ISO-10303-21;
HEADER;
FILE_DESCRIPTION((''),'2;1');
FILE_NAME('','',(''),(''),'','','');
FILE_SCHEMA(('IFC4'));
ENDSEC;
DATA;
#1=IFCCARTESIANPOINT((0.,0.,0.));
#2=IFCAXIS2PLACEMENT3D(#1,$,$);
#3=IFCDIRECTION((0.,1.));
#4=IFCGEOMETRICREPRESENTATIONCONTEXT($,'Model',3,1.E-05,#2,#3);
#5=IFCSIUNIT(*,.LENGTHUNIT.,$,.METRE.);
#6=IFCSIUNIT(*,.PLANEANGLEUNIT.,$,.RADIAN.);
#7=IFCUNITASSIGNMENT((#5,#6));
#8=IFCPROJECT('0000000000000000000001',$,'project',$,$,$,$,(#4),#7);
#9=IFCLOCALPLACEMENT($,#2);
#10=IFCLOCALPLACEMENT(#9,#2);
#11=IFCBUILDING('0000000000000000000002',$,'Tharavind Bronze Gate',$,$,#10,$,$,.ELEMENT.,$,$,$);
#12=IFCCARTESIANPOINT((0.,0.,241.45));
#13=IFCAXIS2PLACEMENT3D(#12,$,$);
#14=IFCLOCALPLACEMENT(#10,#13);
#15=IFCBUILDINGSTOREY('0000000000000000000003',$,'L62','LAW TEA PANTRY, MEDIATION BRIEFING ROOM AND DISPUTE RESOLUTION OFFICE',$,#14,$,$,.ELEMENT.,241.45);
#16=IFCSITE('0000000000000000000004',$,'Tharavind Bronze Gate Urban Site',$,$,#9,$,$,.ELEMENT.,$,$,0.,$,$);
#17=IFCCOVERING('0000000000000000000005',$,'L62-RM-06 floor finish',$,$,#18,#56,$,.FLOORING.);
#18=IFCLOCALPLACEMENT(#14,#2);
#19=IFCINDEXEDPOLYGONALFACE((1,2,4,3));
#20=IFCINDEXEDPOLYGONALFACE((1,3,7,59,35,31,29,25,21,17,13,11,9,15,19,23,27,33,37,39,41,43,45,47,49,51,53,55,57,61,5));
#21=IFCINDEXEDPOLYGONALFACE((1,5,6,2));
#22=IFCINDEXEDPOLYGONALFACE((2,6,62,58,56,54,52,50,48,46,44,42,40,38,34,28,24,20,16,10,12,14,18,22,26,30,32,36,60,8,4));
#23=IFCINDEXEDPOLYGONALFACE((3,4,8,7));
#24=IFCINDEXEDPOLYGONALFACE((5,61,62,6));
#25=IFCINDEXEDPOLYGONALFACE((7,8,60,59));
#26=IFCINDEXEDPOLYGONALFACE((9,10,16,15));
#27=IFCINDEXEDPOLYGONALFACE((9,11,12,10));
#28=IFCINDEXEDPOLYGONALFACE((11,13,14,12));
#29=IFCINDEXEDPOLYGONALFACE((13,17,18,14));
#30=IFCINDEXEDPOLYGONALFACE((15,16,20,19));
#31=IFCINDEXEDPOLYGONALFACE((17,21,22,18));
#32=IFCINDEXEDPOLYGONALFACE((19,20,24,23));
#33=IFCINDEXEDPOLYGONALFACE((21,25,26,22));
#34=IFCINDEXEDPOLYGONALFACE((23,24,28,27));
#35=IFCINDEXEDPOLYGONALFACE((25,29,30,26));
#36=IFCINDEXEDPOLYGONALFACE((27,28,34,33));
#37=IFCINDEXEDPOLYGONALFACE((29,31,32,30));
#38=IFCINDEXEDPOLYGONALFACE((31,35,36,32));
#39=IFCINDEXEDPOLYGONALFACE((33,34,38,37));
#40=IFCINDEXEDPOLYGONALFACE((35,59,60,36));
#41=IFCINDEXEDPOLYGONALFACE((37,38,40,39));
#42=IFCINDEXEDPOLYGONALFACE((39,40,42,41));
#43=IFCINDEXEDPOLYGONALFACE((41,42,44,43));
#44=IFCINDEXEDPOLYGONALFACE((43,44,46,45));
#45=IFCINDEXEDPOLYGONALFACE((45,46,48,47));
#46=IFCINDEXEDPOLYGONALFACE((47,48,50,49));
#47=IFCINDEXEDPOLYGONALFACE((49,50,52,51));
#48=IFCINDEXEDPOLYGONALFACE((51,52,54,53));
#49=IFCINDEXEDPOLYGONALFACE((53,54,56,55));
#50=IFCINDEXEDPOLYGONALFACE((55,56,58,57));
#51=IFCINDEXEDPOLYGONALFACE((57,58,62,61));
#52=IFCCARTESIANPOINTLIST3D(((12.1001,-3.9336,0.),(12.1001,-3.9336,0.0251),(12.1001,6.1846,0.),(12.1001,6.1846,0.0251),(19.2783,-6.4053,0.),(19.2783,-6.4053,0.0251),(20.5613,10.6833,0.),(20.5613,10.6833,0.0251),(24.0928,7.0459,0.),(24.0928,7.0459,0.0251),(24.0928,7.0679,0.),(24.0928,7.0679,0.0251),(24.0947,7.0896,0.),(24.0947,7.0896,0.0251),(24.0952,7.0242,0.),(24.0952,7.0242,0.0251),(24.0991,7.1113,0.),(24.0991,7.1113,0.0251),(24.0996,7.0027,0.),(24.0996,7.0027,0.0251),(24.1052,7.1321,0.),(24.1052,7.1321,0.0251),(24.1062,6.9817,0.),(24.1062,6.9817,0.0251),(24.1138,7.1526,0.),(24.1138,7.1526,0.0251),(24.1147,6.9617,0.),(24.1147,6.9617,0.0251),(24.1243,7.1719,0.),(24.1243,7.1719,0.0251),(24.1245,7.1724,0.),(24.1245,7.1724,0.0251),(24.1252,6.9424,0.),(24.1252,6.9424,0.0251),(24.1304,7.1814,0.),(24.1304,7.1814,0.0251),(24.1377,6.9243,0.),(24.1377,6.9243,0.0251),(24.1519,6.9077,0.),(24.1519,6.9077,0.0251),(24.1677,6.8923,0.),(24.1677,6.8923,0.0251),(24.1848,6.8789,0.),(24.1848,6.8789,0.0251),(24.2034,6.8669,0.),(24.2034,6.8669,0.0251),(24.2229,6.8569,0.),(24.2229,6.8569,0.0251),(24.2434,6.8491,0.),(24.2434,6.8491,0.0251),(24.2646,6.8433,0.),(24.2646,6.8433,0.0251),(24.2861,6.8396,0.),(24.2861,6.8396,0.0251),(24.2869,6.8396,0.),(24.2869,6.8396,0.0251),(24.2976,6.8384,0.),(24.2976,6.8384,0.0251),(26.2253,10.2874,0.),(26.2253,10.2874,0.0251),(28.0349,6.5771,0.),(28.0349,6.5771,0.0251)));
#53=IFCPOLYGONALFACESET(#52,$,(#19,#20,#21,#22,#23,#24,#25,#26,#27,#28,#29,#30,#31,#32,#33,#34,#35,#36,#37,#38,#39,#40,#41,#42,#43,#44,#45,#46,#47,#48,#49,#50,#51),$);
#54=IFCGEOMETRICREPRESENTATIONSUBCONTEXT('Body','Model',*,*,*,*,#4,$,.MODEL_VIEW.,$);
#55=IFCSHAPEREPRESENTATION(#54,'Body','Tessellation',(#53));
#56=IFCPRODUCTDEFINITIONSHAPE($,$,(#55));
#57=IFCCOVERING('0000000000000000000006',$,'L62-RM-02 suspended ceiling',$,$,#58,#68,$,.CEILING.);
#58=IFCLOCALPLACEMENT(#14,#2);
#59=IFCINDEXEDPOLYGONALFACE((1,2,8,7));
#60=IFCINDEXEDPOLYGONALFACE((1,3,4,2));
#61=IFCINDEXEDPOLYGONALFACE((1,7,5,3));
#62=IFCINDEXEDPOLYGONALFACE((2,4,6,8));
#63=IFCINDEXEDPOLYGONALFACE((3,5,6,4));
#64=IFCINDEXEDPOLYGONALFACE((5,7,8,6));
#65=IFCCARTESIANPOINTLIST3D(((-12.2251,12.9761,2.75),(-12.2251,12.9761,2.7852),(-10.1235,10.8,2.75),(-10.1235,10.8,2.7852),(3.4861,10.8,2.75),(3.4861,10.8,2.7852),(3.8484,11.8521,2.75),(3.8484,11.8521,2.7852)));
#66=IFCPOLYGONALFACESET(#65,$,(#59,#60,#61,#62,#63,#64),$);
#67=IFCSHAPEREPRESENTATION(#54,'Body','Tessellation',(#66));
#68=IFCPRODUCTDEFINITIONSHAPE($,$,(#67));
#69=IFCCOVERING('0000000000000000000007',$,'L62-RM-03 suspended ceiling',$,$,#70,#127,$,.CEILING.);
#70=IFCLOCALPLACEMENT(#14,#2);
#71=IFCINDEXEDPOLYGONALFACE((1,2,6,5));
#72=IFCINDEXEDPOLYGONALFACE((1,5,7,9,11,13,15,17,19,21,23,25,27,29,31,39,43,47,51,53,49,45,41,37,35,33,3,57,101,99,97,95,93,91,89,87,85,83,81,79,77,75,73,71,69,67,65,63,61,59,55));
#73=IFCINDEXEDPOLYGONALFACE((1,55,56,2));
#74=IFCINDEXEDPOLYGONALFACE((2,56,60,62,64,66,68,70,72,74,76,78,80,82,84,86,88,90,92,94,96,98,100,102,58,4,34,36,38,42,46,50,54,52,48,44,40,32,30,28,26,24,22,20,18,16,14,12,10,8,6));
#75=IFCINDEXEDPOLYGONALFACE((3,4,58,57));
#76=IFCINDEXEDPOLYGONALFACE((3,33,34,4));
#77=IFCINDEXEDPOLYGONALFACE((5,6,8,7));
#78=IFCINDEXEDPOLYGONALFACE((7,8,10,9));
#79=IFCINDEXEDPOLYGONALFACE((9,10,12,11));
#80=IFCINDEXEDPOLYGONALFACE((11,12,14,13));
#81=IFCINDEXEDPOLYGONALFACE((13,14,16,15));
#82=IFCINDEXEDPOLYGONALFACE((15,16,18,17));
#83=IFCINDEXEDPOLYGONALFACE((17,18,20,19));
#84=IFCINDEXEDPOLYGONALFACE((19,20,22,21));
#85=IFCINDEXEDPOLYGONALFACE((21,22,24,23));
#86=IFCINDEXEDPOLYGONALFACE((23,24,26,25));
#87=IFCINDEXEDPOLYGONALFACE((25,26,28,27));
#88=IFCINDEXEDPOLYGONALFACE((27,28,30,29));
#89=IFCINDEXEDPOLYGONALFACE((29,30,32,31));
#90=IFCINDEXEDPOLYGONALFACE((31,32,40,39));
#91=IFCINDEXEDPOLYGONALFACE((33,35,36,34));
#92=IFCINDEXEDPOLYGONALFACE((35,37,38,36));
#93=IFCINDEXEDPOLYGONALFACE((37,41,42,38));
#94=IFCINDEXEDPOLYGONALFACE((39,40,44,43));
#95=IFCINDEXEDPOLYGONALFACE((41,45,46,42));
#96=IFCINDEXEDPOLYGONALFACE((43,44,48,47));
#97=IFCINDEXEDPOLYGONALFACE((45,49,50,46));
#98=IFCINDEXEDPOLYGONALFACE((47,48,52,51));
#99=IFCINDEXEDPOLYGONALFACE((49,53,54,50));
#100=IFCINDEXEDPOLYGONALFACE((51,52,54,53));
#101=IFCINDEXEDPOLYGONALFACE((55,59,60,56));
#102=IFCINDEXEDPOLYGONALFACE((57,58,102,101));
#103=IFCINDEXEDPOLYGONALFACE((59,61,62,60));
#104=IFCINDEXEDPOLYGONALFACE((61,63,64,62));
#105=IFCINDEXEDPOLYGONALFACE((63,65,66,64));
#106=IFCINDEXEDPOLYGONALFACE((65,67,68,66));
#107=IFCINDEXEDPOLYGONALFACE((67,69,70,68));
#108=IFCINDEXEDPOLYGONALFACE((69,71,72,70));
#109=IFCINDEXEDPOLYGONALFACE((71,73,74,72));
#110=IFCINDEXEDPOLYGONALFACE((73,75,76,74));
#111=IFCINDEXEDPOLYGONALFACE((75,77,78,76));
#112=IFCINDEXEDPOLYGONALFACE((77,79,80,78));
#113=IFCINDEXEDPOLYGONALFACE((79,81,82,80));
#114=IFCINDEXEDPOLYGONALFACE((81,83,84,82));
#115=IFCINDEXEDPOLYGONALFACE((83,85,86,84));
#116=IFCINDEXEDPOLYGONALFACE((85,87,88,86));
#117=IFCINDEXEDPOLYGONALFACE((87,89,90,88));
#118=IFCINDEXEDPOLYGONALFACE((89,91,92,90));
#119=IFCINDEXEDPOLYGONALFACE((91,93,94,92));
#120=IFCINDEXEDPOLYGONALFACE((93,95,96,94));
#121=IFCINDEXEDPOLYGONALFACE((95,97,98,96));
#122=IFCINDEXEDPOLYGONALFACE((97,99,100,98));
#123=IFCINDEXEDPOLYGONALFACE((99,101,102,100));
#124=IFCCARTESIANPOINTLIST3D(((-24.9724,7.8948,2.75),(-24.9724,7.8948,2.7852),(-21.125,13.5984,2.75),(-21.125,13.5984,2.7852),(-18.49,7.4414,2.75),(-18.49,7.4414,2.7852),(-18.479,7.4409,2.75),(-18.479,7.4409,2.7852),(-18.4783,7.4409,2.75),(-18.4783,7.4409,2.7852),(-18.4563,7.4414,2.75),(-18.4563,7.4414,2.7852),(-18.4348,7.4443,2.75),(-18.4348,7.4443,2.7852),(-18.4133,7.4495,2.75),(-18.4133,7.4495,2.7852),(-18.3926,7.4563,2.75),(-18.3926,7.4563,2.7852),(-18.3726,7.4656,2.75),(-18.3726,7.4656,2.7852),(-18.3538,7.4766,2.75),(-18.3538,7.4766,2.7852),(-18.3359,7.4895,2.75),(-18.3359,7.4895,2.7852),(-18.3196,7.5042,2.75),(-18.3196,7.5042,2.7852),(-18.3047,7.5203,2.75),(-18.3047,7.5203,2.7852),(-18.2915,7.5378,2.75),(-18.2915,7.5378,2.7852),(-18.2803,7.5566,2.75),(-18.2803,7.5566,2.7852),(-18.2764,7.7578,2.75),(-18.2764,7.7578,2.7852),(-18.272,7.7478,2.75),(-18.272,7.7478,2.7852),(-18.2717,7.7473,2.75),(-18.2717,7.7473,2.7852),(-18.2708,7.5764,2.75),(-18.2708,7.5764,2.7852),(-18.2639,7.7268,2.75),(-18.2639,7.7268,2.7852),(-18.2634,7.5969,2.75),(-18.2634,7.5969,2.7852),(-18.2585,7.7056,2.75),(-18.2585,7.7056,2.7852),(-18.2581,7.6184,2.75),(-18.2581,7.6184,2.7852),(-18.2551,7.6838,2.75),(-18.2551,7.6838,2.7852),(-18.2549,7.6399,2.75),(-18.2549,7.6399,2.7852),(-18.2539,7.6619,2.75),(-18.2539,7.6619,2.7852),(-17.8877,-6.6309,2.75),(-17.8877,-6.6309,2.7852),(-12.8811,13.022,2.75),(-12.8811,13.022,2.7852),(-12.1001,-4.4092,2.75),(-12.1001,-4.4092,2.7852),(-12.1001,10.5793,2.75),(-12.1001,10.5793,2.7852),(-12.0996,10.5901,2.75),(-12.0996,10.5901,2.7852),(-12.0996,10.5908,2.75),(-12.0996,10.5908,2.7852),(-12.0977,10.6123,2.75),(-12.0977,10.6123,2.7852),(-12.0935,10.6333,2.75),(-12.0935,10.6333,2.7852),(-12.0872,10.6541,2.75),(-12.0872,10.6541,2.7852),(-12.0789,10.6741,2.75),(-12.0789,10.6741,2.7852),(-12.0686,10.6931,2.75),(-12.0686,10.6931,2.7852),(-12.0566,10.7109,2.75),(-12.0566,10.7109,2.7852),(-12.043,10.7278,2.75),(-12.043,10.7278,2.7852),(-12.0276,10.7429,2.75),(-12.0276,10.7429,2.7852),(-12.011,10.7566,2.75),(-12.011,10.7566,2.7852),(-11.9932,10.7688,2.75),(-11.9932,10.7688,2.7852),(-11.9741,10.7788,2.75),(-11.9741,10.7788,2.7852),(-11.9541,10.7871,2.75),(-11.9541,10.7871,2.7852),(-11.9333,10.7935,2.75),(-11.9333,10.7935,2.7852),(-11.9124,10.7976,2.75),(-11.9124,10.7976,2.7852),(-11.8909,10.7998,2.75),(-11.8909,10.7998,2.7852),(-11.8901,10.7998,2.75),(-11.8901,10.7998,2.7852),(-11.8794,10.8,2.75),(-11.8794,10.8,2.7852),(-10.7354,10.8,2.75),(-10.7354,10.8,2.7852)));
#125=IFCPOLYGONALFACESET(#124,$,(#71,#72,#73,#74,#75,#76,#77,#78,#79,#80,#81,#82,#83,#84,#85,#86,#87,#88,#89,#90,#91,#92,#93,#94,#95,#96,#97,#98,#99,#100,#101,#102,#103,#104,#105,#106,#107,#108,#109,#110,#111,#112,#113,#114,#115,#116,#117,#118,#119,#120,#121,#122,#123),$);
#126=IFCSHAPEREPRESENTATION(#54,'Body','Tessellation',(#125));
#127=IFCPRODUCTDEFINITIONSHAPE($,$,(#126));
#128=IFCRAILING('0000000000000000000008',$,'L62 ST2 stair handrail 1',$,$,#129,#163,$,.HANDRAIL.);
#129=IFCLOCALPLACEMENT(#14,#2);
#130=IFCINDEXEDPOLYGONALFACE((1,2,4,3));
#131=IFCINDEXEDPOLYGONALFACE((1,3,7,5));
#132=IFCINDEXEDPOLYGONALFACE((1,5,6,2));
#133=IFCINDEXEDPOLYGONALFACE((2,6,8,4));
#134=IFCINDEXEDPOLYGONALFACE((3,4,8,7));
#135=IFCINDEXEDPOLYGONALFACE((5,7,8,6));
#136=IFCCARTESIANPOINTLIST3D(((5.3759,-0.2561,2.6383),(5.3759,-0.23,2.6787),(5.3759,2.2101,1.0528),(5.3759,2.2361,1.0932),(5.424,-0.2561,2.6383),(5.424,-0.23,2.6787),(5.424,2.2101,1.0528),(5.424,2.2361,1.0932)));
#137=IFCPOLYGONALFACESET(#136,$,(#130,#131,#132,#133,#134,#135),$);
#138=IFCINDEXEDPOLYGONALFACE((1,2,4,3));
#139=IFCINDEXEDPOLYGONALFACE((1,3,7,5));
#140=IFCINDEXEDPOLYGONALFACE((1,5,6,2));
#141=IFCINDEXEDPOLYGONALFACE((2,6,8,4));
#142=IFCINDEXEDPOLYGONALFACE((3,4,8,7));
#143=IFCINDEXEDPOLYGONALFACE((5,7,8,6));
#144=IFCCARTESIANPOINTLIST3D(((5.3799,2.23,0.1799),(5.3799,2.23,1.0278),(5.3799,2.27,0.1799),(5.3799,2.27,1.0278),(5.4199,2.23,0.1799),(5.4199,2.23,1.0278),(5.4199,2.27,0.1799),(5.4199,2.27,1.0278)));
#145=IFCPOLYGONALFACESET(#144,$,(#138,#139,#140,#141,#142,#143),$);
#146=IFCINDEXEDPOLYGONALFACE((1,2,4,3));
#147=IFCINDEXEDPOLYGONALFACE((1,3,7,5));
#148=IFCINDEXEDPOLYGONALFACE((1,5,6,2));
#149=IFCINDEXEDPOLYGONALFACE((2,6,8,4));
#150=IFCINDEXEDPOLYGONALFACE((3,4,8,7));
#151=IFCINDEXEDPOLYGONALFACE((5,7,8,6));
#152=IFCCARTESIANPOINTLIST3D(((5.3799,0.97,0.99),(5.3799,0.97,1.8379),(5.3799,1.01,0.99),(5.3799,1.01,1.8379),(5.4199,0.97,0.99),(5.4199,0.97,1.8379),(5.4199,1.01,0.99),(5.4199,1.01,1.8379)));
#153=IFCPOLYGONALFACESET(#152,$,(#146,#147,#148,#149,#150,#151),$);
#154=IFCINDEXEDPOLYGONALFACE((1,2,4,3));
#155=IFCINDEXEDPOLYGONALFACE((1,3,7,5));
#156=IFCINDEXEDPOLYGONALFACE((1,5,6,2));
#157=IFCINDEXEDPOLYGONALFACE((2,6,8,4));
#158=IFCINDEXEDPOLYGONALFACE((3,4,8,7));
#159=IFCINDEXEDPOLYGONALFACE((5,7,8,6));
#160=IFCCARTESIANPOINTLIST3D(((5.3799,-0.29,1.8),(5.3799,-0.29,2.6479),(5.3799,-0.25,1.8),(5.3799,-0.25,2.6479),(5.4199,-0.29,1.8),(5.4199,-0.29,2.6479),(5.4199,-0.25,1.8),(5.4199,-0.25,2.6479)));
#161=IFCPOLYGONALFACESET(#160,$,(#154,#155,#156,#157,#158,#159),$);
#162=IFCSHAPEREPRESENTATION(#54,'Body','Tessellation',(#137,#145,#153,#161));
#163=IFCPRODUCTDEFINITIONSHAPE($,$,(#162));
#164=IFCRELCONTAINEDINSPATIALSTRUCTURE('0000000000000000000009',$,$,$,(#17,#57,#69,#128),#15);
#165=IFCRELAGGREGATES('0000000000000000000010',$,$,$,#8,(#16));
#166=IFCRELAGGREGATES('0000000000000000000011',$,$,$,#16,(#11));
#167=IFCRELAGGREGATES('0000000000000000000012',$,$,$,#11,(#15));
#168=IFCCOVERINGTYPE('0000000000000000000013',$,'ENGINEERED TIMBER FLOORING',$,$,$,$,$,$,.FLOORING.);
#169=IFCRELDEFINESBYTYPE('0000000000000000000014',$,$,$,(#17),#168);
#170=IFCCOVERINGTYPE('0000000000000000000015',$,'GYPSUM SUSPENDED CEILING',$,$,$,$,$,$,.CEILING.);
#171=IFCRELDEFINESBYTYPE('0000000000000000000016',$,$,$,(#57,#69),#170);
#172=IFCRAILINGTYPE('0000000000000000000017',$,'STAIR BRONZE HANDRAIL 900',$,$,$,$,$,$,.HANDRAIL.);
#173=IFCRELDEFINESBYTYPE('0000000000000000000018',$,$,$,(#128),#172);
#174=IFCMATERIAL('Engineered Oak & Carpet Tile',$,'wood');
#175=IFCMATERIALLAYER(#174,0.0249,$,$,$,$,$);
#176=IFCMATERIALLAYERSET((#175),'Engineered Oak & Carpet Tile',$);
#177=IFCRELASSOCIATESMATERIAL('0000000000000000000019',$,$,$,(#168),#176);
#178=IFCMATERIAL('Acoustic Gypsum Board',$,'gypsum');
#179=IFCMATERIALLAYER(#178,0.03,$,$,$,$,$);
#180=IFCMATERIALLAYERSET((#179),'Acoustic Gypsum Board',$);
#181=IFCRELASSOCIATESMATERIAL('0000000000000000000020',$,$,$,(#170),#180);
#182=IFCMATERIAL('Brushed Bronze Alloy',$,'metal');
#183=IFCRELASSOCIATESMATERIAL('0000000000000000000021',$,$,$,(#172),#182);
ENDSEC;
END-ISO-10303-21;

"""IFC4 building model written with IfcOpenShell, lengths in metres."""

from ifc_helpers import new_model, si_unit, direction, frame, origin, origin_2d, place, context, subcontext, project, spatial, polyline, rectangle, outline, extrude, material, layer, layer_set, type_object, element, save


model = new_model("IFC4")

# Units and contexts
model_context = context("Model", 3, precision=1e-05, world=origin(), true_north=direction((0.0, 1.0)))
body_context = subcontext(model_context, "Body", "Model", "MODEL_VIEW")
ifc_project = project(units=[si_unit("LENGTHUNIT", "METRE"), si_unit("PLANEANGLEUNIT", "RADIAN")], contexts=[model_context])

# Site, building, storey
site_placement = place(None, origin())
site = spatial("IfcSite", under=ifc_project, at=site_placement, Name="Tharavind Bronze Gate Urban Site", CompositionType="ELEMENT", RefElevation=0.0)
building_placement = place(site_placement, origin())
building = spatial("IfcBuilding", under=site, at=building_placement, Name="Tharavind Bronze Gate", CompositionType="ELEMENT")
storey_placement = place(building_placement, frame((0.0, 0.0, 241.45)))
storey = spatial("IfcBuildingStorey", under=building, at=storey_placement, Name="L62", Description="LAW TEA PANTRY, MEDIATION BRIEFING ROOM AND DISPUTE RESOLUTION OFFICE", CompositionType="ELEMENT", Elevation=241.45)

# Coverings
ifc_material_1 = material(Name="Engineered Oak & Carpet Tile", Category="wood")
ifc_layer_1 = layer(ifc_material_1, 0.0249)
ifc_layer_set_1 = layer_set([ifc_layer_1], Name="Engineered Oak & Carpet Tile")
covering_type_1 = type_object("IfcCoveringType", Name="ENGINEERED TIMBER FLOORING", PredefinedType="FLOORING", material=ifc_layer_set_1)
covering_1_placement = place(storey_placement, origin())
element("IfcCovering", 1, at=covering_1_placement, inside=storey, type_object=covering_type_1, Name="L62-RM-06 floor finish", PredefinedType="FLOORING", context=body_context, shape_type="SweptSolid", body=[
    extrude(outline(polyline([(19.2783, -6.4053), (28.0349, 6.5771), (24.2976, 6.8384), (24.2869, 6.8396), (24.2861, 6.8396), (24.2646, 6.8433), (24.2434, 6.8491), (24.2229, 6.8569), (24.2034, 6.8669), (24.1848, 6.8789), (24.1677, 6.8923), (24.1519, 6.9077), (24.1377, 6.9243), (24.1252, 6.9424), (24.1147, 6.9617), (24.1062, 6.9817), (24.0996, 7.0027), (24.0952, 7.0242), (24.0928, 7.0459), (24.0928, 7.0679), (24.0947, 7.0896), (24.0991, 7.1113), (24.1052, 7.1321), (24.1138, 7.1526), (24.1243, 7.1719), (24.1245, 7.1724), (24.1304, 7.1814), (26.2253, 10.2874), (20.5613, 10.6833), (12.1001, 6.1846), (12.1001, -3.9336), (19.2783, -6.4053)])), origin(), (0.0, 0.0, 1.0), 0.0251),
])
ifc_material_2 = material(Name="Acoustic Gypsum Board", Category="gypsum")
ifc_layer_2 = layer(ifc_material_2, 0.03)
ifc_layer_set_2 = layer_set([ifc_layer_2], Name="Acoustic Gypsum Board")
covering_type_2 = type_object("IfcCoveringType", Name="GYPSUM SUSPENDED CEILING", PredefinedType="CEILING", material=ifc_layer_set_2)
covering_2_placement = place(storey_placement, frame((0.0, 0.0, 2.75)))
element("IfcCovering", 2, at=covering_2_placement, inside=storey, type_object=covering_type_2, Name="L62-RM-02 suspended ceiling", PredefinedType="CEILING", context=body_context, shape_type="SweptSolid", body=[
    extrude(outline(polyline([(-10.1235, 10.8), (3.4861, 10.8), (3.8484, 11.8521), (-12.2251, 12.9761), (-10.1235, 10.8)])), origin(), (0.0, 0.0, 1.0), 0.0352),
])
covering_3_placement = place(storey_placement, frame((0.0, 0.0, 2.75)))
element("IfcCovering", 3, at=covering_3_placement, inside=storey, type_object=covering_type_2, Name="L62-RM-03 suspended ceiling", PredefinedType="CEILING", context=body_context, shape_type="SweptSolid", body=[
    extrude(outline(polyline([(-17.8877, -6.6309), (-12.1001, -4.4092), (-12.1001, 10.5793), (-12.0996, 10.5901), (-12.0996, 10.5908), (-12.0977, 10.6123), (-12.0935, 10.6333), (-12.0872, 10.6541), (-12.0789, 10.6741), (-12.0686, 10.6931), (-12.0566, 10.7109), (-12.043, 10.7278), (-12.0276, 10.7429), (-12.011, 10.7566), (-11.9932, 10.7688), (-11.9741, 10.7788), (-11.9541, 10.7871), (-11.9333, 10.7935), (-11.9124, 10.7976), (-11.8909, 10.7998), (-11.8901, 10.7998), (-11.8794, 10.8), (-10.7354, 10.8), (-12.8811, 13.022), (-21.125, 13.5984), (-18.2764, 7.7578), (-18.272, 7.7478), (-18.2717, 7.7473), (-18.2639, 7.7268), (-18.2585, 7.7056), (-18.2551, 7.6838), (-18.2539, 7.6619), (-18.2549, 7.6399), (-18.2581, 7.6184), (-18.2634, 7.5969), (-18.2708, 7.5764), (-18.2803, 7.5566), (-18.2915, 7.5378), (-18.3047, 7.5203), (-18.3196, 7.5042), (-18.3359, 7.4895), (-18.3538, 7.4766), (-18.3726, 7.4656), (-18.3926, 7.4563), (-18.4133, 7.4495), (-18.4348, 7.4443), (-18.4563, 7.4414), (-18.4783, 7.4409), (-18.479, 7.4409), (-18.49, 7.4414), (-24.9724, 7.8948), (-17.8877, -6.6309)])), origin(), (0.0, 0.0, 1.0), 0.0352),
])

# Railing
ifc_material_3 = material(Name="Brushed Bronze Alloy", Category="metal")
railing_type_1 = type_object("IfcRailingType", Name="STAIR BRONZE HANDRAIL 900", PredefinedType="HANDRAIL", material=ifc_material_3)
railing_1_placement = place(storey_placement, frame((5.3999, 2.25, 0.1799)))
element("IfcRailing", 4, at=railing_1_placement, inside=storey, type_object=railing_type_1, Name="L62 ST2 stair handrail 1", PredefinedType="HANDRAIL", context=body_context, shape_type="SweptSolid", body=[
    extrude(rectangle(XDim=0.0481, YDim=0.0481, at=origin_2d()), frame((0.0, -0.0269, 0.8931), z_axis=(0.0, -0.841163, 0.540782), x_axis=(1.0, 0.0, 0.0)), (0.0, 0.0, 1.0), 2.9319),
    extrude(rectangle(XDim=0.04, YDim=0.04, at=origin_2d()), origin(), (0.0, 0.0, 1.0), 0.8479),
    extrude(rectangle(XDim=0.04, YDim=0.04, at=origin_2d()), frame((0.0, -1.26, 0.8101)), (0.0, 0.0, 1.0), 0.8479),
    extrude(rectangle(XDim=0.04, YDim=0.04, at=origin_2d()), frame((0.0, -2.52, 1.6201)), (0.0, 0.0, 1.0), 0.8479),
])

save(model, "model.ifc")
